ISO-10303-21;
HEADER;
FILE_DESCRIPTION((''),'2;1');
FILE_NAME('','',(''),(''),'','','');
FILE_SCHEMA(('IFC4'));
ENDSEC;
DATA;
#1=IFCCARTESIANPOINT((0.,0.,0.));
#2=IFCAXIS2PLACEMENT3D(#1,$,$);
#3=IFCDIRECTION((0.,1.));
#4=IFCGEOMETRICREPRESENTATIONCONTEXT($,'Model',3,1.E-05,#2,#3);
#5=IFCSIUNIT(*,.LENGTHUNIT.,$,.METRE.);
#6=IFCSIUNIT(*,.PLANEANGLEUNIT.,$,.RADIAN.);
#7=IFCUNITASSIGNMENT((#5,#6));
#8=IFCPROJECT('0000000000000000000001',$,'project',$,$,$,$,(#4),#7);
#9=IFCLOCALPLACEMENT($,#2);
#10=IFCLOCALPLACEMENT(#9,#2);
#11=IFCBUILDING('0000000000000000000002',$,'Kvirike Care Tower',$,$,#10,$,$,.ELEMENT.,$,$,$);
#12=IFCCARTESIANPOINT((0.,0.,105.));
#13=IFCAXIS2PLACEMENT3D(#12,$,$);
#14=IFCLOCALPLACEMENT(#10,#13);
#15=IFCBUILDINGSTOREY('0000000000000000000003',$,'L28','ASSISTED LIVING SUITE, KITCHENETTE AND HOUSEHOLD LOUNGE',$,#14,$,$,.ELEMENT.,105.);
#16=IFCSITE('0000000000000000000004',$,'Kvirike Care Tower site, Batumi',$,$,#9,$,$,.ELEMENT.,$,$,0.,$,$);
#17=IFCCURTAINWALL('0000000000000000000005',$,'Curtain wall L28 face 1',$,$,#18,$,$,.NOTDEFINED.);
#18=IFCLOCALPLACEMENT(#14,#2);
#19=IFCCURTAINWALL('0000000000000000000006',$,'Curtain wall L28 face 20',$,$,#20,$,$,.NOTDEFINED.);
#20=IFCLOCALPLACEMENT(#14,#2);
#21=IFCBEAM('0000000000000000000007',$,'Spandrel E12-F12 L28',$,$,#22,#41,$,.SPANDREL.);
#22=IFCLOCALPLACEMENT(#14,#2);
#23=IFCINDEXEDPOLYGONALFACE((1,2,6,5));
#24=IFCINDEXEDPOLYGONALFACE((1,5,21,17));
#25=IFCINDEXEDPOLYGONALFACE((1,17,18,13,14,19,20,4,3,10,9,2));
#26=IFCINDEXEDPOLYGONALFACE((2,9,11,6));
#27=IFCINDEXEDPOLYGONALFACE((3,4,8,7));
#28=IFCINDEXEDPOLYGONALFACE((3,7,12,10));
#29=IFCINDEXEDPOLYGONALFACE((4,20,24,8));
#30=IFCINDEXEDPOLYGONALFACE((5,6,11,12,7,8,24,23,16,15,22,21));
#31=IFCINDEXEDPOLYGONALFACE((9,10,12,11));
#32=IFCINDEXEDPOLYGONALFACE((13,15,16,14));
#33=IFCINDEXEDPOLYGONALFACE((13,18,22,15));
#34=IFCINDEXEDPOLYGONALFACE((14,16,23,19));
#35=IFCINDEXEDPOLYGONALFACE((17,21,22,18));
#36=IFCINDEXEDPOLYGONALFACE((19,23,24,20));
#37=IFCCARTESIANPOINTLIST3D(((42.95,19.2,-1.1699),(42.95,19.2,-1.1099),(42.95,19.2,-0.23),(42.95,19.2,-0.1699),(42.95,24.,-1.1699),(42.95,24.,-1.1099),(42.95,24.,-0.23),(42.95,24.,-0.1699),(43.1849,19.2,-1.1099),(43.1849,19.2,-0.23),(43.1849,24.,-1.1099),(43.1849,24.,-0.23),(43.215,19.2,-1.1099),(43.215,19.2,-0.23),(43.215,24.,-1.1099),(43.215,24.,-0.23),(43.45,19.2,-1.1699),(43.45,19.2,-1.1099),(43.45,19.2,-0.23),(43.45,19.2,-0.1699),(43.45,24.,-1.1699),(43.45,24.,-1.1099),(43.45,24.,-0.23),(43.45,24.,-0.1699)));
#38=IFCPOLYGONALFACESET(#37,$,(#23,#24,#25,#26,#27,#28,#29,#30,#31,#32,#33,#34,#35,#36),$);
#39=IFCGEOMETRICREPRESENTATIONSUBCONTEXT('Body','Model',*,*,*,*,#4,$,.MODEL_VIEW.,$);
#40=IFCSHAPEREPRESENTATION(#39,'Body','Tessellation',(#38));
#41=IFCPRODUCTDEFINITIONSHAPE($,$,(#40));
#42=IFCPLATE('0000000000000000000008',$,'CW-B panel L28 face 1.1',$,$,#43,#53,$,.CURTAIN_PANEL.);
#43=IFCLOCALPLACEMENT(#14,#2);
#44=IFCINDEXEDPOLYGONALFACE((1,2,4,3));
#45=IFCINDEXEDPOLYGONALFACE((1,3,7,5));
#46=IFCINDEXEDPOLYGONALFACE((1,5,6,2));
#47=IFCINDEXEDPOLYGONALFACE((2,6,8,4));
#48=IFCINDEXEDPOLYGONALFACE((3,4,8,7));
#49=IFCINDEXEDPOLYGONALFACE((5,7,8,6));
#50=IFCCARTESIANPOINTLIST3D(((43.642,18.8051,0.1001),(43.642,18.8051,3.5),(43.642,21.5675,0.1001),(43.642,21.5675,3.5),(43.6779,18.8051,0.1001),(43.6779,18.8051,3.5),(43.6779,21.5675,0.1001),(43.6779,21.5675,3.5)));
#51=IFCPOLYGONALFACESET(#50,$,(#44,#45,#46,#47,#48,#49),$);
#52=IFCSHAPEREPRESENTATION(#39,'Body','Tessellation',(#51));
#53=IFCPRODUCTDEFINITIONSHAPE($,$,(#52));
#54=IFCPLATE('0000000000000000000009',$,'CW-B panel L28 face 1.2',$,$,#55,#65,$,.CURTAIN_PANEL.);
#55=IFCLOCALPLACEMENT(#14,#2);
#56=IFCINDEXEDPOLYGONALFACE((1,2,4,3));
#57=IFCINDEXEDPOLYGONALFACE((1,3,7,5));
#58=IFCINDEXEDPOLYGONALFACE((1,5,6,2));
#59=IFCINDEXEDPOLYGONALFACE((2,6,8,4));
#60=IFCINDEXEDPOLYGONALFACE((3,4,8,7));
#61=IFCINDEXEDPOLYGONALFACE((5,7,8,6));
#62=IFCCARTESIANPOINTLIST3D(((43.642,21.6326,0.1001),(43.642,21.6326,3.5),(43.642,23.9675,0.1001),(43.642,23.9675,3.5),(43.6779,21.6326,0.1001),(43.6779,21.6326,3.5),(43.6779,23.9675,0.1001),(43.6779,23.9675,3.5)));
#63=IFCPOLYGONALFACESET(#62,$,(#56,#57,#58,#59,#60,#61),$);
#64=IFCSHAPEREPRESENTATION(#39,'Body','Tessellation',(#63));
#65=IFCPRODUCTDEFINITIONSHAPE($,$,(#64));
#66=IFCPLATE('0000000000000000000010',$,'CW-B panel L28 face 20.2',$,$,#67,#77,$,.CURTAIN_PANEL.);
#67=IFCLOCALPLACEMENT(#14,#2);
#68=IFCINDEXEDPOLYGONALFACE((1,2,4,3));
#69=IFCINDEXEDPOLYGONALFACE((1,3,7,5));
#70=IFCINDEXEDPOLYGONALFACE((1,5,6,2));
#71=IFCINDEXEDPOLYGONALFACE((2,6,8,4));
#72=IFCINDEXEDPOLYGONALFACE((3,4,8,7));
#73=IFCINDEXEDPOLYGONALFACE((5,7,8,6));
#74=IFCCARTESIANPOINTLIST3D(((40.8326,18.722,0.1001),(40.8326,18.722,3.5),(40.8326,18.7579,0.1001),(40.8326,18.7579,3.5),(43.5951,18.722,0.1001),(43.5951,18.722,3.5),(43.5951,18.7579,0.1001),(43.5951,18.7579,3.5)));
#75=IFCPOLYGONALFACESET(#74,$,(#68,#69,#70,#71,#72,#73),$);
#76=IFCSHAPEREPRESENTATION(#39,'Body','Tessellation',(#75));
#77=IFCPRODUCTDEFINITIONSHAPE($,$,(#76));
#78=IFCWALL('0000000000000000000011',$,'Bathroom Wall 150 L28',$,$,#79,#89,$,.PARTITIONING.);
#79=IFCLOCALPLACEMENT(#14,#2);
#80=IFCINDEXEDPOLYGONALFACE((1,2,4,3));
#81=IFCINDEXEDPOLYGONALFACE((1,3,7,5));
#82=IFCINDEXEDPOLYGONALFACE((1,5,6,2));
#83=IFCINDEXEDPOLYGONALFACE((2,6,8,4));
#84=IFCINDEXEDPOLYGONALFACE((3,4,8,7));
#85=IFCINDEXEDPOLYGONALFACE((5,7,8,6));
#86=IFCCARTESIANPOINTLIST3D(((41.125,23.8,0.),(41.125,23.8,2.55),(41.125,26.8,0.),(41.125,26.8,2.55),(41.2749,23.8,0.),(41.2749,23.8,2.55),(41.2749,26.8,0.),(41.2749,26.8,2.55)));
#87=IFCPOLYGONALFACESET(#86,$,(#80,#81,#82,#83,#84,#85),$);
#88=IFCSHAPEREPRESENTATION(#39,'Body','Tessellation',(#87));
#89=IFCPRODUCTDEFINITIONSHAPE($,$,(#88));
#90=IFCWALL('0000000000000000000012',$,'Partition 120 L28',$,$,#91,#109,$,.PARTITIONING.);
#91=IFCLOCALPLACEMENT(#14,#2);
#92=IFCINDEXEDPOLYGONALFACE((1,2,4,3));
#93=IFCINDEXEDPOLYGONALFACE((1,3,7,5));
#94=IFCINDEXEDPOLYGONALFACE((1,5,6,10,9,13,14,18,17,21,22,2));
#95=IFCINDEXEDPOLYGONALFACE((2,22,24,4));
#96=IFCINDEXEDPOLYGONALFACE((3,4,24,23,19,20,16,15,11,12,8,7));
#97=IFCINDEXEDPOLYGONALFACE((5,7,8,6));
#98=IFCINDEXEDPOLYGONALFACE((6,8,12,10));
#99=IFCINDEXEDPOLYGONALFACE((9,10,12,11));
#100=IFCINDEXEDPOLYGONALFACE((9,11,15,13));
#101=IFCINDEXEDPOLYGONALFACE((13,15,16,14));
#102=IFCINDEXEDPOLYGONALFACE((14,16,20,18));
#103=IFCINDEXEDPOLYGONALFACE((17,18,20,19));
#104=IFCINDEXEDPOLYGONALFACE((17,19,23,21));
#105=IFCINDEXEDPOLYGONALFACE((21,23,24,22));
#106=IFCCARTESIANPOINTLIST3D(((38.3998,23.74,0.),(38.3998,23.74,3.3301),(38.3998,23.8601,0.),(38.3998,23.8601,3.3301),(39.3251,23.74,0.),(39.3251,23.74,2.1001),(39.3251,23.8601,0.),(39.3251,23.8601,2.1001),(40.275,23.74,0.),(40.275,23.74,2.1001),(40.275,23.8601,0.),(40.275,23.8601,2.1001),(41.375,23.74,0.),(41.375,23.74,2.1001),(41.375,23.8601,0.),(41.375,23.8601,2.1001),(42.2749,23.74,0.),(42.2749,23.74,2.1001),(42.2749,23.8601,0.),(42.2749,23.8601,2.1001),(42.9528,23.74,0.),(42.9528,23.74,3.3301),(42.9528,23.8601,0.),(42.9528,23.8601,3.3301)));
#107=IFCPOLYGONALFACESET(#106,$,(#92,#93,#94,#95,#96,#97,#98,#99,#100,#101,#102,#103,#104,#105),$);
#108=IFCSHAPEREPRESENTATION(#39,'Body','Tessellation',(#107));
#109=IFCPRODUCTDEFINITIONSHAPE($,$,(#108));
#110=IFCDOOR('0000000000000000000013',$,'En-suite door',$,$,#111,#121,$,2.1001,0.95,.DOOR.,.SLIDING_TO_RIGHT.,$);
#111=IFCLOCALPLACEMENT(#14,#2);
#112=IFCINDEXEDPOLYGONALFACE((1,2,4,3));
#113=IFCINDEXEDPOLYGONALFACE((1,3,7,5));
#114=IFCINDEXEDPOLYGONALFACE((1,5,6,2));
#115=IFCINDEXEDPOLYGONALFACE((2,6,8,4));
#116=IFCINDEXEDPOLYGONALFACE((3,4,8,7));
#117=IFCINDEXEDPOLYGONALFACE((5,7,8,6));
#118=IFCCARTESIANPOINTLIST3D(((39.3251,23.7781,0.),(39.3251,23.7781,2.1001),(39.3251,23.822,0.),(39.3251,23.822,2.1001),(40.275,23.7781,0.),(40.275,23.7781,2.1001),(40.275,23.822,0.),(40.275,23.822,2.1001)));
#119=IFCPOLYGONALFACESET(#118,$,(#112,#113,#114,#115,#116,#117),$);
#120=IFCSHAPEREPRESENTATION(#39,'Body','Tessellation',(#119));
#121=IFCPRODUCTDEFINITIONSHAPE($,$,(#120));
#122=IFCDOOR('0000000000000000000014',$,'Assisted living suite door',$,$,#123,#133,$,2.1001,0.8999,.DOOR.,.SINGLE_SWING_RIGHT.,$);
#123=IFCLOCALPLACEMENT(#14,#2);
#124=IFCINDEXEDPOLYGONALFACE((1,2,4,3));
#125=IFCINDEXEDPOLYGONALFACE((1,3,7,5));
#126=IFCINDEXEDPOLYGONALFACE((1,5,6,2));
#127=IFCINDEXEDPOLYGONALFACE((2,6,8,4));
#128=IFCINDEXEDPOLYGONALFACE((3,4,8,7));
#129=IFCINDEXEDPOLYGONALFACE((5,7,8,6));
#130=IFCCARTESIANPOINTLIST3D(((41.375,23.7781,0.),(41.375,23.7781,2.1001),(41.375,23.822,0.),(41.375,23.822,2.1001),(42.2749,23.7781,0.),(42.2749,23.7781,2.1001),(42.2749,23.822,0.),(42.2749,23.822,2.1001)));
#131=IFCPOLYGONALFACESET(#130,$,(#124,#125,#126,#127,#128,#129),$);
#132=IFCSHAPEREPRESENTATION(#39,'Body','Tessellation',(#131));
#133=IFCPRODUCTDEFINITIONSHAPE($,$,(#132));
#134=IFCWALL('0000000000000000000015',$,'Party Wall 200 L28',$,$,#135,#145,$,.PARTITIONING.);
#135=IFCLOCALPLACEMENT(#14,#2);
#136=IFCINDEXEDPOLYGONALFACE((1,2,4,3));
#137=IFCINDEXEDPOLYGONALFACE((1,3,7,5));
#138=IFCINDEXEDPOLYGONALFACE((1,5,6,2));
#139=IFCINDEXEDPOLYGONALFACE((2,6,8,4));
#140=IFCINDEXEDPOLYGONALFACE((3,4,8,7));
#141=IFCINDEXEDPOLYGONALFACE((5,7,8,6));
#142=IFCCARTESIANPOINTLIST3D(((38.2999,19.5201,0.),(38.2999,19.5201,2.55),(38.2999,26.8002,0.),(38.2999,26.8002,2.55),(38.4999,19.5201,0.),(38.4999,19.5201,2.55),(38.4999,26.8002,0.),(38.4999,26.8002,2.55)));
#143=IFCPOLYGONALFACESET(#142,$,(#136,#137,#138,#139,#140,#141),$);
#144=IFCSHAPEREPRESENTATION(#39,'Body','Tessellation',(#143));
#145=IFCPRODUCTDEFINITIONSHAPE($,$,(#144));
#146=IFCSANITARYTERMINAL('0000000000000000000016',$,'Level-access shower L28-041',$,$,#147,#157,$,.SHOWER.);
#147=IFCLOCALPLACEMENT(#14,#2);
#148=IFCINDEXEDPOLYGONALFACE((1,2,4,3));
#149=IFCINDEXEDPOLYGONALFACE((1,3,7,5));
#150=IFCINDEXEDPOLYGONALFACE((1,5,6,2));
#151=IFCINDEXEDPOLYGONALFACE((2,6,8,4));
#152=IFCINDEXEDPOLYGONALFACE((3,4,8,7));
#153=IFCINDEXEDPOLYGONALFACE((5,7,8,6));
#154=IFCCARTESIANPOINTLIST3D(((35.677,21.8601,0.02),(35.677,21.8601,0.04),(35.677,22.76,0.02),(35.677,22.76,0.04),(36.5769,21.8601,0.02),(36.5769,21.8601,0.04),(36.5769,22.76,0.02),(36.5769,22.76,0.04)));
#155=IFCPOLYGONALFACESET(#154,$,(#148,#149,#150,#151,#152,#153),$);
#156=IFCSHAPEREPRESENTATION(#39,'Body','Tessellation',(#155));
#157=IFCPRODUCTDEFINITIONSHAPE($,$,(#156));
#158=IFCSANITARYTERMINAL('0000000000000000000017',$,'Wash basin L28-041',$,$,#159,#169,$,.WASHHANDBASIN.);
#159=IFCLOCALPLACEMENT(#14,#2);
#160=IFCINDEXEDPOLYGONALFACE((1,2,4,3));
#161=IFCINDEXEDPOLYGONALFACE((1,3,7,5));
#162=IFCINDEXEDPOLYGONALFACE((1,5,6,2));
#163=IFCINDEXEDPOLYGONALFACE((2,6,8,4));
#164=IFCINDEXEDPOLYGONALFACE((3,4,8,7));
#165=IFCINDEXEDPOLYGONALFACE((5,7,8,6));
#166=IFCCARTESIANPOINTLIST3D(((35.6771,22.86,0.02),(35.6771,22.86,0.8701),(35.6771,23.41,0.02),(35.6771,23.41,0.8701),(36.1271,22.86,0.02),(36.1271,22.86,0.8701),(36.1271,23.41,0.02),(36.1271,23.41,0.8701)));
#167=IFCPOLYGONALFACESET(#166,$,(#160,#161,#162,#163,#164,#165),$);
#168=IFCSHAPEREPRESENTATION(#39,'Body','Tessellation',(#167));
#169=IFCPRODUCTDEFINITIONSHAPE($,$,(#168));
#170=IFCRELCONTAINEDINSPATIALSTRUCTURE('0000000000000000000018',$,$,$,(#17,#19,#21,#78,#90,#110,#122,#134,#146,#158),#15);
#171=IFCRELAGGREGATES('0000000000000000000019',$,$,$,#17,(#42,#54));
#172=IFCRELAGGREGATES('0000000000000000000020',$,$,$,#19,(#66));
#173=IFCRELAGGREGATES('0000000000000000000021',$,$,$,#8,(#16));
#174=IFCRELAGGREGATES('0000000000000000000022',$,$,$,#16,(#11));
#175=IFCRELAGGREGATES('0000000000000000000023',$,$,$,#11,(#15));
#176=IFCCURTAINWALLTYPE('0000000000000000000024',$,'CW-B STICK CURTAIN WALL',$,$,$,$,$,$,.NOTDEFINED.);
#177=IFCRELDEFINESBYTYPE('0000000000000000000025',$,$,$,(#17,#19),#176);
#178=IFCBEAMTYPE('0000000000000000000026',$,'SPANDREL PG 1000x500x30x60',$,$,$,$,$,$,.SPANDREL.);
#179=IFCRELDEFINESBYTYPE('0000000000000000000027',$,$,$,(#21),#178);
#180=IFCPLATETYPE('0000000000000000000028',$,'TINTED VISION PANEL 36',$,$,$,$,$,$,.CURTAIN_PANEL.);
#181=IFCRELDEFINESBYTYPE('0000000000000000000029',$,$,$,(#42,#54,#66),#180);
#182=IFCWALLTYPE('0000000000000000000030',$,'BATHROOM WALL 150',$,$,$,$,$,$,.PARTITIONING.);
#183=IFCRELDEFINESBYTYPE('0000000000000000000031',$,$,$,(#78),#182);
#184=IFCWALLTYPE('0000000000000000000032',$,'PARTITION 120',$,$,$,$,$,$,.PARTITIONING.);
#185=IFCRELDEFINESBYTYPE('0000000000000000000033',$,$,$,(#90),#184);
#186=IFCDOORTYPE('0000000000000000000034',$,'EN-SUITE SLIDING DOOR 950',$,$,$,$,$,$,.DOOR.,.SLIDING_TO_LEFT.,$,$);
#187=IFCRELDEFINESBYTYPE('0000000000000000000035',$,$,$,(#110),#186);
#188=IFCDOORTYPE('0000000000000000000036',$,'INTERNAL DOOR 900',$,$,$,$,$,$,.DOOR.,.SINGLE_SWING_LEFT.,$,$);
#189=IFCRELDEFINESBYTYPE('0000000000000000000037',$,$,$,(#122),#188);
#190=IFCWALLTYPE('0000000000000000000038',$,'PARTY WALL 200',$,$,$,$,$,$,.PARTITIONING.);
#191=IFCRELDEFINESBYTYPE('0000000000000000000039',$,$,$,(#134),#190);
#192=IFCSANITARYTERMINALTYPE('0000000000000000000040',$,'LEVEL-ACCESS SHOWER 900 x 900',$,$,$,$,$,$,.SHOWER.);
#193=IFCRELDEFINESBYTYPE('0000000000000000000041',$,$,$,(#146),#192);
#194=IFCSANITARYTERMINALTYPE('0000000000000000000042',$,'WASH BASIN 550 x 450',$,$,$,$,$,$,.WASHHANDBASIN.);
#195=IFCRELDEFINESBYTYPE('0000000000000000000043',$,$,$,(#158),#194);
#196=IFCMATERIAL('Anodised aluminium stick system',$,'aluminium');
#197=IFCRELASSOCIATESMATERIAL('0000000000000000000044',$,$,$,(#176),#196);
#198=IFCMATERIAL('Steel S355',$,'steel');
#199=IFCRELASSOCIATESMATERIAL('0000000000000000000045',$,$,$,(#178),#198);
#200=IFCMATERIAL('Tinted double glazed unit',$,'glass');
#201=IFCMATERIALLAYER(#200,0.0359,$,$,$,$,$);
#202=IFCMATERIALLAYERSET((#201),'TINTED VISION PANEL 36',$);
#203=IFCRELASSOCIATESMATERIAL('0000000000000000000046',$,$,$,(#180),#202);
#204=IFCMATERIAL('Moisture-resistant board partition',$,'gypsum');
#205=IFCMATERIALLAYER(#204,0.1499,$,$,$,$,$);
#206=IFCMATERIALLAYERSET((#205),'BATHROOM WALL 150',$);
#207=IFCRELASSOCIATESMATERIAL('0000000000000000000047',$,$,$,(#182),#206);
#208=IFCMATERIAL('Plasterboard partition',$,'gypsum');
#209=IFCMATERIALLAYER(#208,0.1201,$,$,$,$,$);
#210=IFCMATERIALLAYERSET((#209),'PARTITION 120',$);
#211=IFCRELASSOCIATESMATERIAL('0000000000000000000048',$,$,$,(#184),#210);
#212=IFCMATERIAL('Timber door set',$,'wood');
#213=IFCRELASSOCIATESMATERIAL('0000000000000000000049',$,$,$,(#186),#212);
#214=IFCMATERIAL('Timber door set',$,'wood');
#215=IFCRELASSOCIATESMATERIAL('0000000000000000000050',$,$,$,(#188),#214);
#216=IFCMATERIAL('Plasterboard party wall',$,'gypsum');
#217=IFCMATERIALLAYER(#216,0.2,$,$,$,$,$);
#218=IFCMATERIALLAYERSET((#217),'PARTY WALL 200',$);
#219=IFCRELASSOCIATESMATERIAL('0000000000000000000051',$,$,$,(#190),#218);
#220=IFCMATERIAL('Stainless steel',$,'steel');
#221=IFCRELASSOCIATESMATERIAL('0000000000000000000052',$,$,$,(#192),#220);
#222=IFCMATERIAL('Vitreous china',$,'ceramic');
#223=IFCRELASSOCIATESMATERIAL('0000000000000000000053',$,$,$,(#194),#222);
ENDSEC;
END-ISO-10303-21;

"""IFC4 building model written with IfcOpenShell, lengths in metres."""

from ifc_helpers import new_model, si_unit, direction, frame, frame_2d, origin, origin_2d, place, context, subcontext, project, spatial, rectangle, i_section, extrude, material, layer, layer_set, material_profile, profile_set, type_object, element, fill, aggregate, save


model = new_model("IFC4")

# Units and contexts
model_context = context("Model", 3, precision=1e-05, world=origin(), true_north=direction((0.0, 1.0)))
body_context = subcontext(model_context, "Body", "Model", "MODEL_VIEW")
ifc_project = project(units=[si_unit("LENGTHUNIT", "METRE"), si_unit("PLANEANGLEUNIT", "RADIAN")], contexts=[model_context])

# Site, building, storey
site_placement = place(None, origin())
site = spatial("IfcSite", under=ifc_project, at=site_placement, Name="Kvirike Care Tower site, Batumi", CompositionType="ELEMENT", RefElevation=0.0)
building_placement = place(site_placement, origin())
building = spatial("IfcBuilding", under=site, at=building_placement, Name="Kvirike Care Tower", CompositionType="ELEMENT")
storey_placement = place(building_placement, frame((0.0, 0.0, 105.0)))
storey = spatial("IfcBuildingStorey", under=building, at=storey_placement, Name="L28", Description="ASSISTED LIVING SUITE, KITCHENETTE AND HOUSEHOLD LOUNGE", CompositionType="ELEMENT", Elevation=105.0)

# Curtain wall
ifc_material_1 = material(Name="Anodised aluminium stick system", Category="aluminium")
curtain_wall_type = type_object("IfcCurtainWallType", Name="CW-B STICK CURTAIN WALL", PredefinedType="NOTDEFINED", material=ifc_material_1)
curtain_wall_1_placement = place(storey_placement, origin())
curtain_wall_1 = element("IfcCurtainWall", 1, at=curtain_wall_1_placement, inside=storey, type_object=curtain_wall_type, Name="Curtain wall L28 face 1", PredefinedType="NOTDEFINED")

# Curtain wall
curtain_wall_2_placement = place(storey_placement, origin())
curtain_wall_2 = element("IfcCurtainWall", 2, at=curtain_wall_2_placement, inside=storey, type_object=curtain_wall_type, Name="Curtain wall L28 face 20", PredefinedType="NOTDEFINED")

# Beam
ifc_material_2 = material(Name="Steel S355", Category="steel")
ifc_material_profile_1 = material_profile(ifc_material_2, i_section(OverallWidth=0.5, OverallDepth=1.0, WebThickness=0.03, FlangeThickness=0.0601, at=origin_2d()), Name="PG 1000x500x30x60")
ifc_profile_set_1 = profile_set([ifc_material_profile_1], Name="Steel S355")
beam_type = type_object("IfcBeamType", Name="SPANDREL PG 1000x500x30x60", PredefinedType="SPANDREL", material=ifc_profile_set_1)
for number, where, z_axis, x_axis, name in (
    (3, (43.2, 19.2, -0.6699), (0.0, 1.0, 0.0), (-1.0, 0.0, 0.0), "Spandrel E12-F12 L28"),
):
    element("IfcBeam", number, at=place(storey_placement, frame(where, z_axis=z_axis, x_axis=x_axis)), inside=storey, type_object=beam_type, Name=name, PredefinedType="SPANDREL", context=body_context, shape_type="SweptSolid", body=[
        extrude(i_section(OverallWidth=0.5, OverallDepth=1.0, WebThickness=0.03, FlangeThickness=0.0601, at=origin_2d()), origin(), (0.0, 0.0, 1.0), 4.8),
    ])

# Plates
ifc_material_3 = material(Name="Tinted double glazed unit", Category="glass")
ifc_layer_1 = layer(ifc_material_3, 0.0359)
ifc_layer_set_1 = layer_set([ifc_layer_1], Name="TINTED VISION PANEL 36")
plate_type = type_object("IfcPlateType", Name="TINTED VISION PANEL 36", PredefinedType="CURTAIN_PANEL", material=ifc_layer_set_1)
plate_1_placement = place(storey_placement, frame((43.6599, 20.1863, 0.1001), z_axis=(0.0, 0.0, 1.0), x_axis=(0.0, 1.0, 0.0)))
plate_1 = element("IfcPlate", 4, at=plate_1_placement, type_object=plate_type, Name="CW-B panel L28 face 1.1", PredefinedType="CURTAIN_PANEL", context=body_context, shape_type="SweptSolid", body=[
    extrude(rectangle(XDim=2.7625, YDim=0.0359, at=origin_2d()), origin(), (0.0, 0.0, 1.0), 3.3999),
])
plate_2_placement = place(storey_placement, frame((43.6599, 22.8, 0.1001), z_axis=(0.0, 0.0, 1.0), x_axis=(0.0, 1.0, 0.0)))
plate_2 = element("IfcPlate", 5, at=plate_2_placement, type_object=plate_type, Name="CW-B panel L28 face 1.2", PredefinedType="CURTAIN_PANEL", context=body_context, shape_type="SweptSolid", body=[
    extrude(rectangle(XDim=2.335, YDim=0.0359, at=origin_2d()), origin(), (0.0, 0.0, 1.0), 3.3999),
])
aggregate(curtain_wall_1, [plate_1, plate_2])
plate_3_placement = place(storey_placement, frame((42.2139, 18.74, 0.1001), z_axis=(0.0, 0.0, 1.0), x_axis=(1.0, 0.0, 0.0)))
plate_3 = element("IfcPlate", 6, at=plate_3_placement, type_object=plate_type, Name="CW-B panel L28 face 20.2", PredefinedType="CURTAIN_PANEL", context=body_context, shape_type="SweptSolid", body=[
    extrude(rectangle(XDim=2.7625, YDim=0.0359, at=origin_2d()), origin(), (0.0, 0.0, 1.0), 3.3999),
])
aggregate(curtain_wall_2, [plate_3])

# Wall
ifc_material_4 = material(Name="Moisture-resistant board partition", Category="gypsum")
ifc_layer_2 = layer(ifc_material_4, 0.1499)
ifc_layer_set_2 = layer_set([ifc_layer_2], Name="BATHROOM WALL 150")
wall_type_1 = type_object("IfcWallType", Name="BATHROOM WALL 150", PredefinedType="PARTITIONING", material=ifc_layer_set_2)
wall_1_placement = place(storey_placement, frame((41.2, 23.8, 0.0), z_axis=(0.0, 0.0, 1.0), x_axis=(0.0, 1.0, 0.0)))
element("IfcWall", 7, at=wall_1_placement, inside=storey, type_object=wall_type_1, Name="Bathroom Wall 150 L28", PredefinedType="PARTITIONING", context=body_context, shape_type="SweptSolid", body=[
    extrude(rectangle(XDim=3.0, YDim=0.1499, at=frame_2d((1.5, 0.0))), origin(), (0.0, 0.0, 1.0), 2.55),
])

# Wall, openings, doors
ifc_material_5 = material(Name="Plasterboard partition", Category="gypsum")
ifc_layer_3 = layer(ifc_material_5, 0.1201)
ifc_layer_set_3 = layer_set([ifc_layer_3], Name="PARTITION 120")
wall_type_2 = type_object("IfcWallType", Name="PARTITION 120", PredefinedType="PARTITIONING", material=ifc_layer_set_3)
wall_2_placement = place(storey_placement, frame((38.3999, 23.8, 0.0), z_axis=(0.0, 0.0, 1.0), x_axis=(1.0, 0.0, 0.0)))
wall_2 = element("IfcWall", 8, at=wall_2_placement, inside=storey, type_object=wall_type_2, Name="Partition 120 L28", PredefinedType="PARTITIONING", context=body_context, shape_type="SweptSolid", body=[
    extrude(rectangle(XDim=4.553, YDim=0.1201, at=frame_2d((2.2764, 0.0))), origin(), (0.0, 0.0, 1.0), 3.3301),
])
opening_1_placement = place(wall_2_placement, frame((2.9751, 0.0, 0.0)))
opening_1 = element("IfcOpeningElement", 9, at=opening_1_placement, cuts=wall_2, PredefinedType="OPENING", context=body_context, shape_type="SweptSolid", body=[
    extrude(rectangle(XDim=0.8999, YDim=2.1001, at=frame_2d((0.45, 1.05))), frame((0.0, 0.0706, 0.0), z_axis=(0.0, -1.0, 0.0), x_axis=(1.0, 0.0, 0.0)), (0.0, 0.0, 1.0), 0.1411),
])
opening_2_placement = place(wall_2_placement, frame((0.925, 0.0, 0.0)))
opening_2 = element("IfcOpeningElement", 10, at=opening_2_placement, cuts=wall_2, PredefinedType="OPENING", context=body_context, shape_type="SweptSolid", body=[
    extrude(rectangle(XDim=0.95, YDim=2.1001, at=frame_2d((0.4751, 1.05))), frame((0.0, 0.0706, 0.0), z_axis=(0.0, -1.0, 0.0), x_axis=(1.0, 0.0, 0.0)), (0.0, 0.0, 1.0), 0.1411),
])
ifc_material_6 = material(Name="Timber door set", Category="wood")
door_type_1 = type_object("IfcDoorType", Name="EN-SUITE SLIDING DOOR 950", OperationType="SLIDING_TO_LEFT", PredefinedType="DOOR", material=ifc_material_6)
door_1_placement = place(opening_2_placement, origin())
door_1 = element("IfcDoor", 11, at=door_1_placement, inside=storey, type_object=door_type_1, Name="En-suite door", OperationType="SLIDING_TO_RIGHT", OverallHeight=2.1001, OverallWidth=0.95, PredefinedType="DOOR", context=body_context, shape_type="SweptSolid", body=[
    extrude(rectangle(XDim=0.95, YDim=2.1001, at=frame_2d((0.4751, 1.05))), frame((0.0, 0.022, 0.0), z_axis=(0.0, -1.0, 0.0), x_axis=(1.0, 0.0, 0.0)), (0.0, 0.0, 1.0), 0.0439),
])
fill(opening_2, door_1)
ifc_material_7 = material(Name="Timber door set", Category="wood")
door_type_2 = type_object("IfcDoorType", Name="INTERNAL DOOR 900", OperationType="SINGLE_SWING_LEFT", PredefinedType="DOOR", material=ifc_material_7)
door_2_placement = place(opening_1_placement, origin())
door_2 = element("IfcDoor", 12, at=door_2_placement, inside=storey, type_object=door_type_2, Name="Assisted living suite door", OperationType="SINGLE_SWING_RIGHT", OverallHeight=2.1001, OverallWidth=0.8999, PredefinedType="DOOR", context=body_context, shape_type="SweptSolid", body=[
    extrude(rectangle(XDim=0.8999, YDim=2.1001, at=frame_2d((0.45, 1.05))), frame((0.0, 0.022, 0.0), z_axis=(0.0, -1.0, 0.0), x_axis=(1.0, 0.0, 0.0)), (0.0, 0.0, 1.0), 0.0439),
])
fill(opening_1, door_2)

# Wall
ifc_material_8 = material(Name="Plasterboard party wall", Category="gypsum")
ifc_layer_4 = layer(ifc_material_8, 0.2)
ifc_layer_set_4 = layer_set([ifc_layer_4], Name="PARTY WALL 200")
wall_type_3 = type_object("IfcWallType", Name="PARTY WALL 200", PredefinedType="PARTITIONING", material=ifc_layer_set_4)
wall_3_placement = place(storey_placement, frame((38.3999, 19.52, 0.0), z_axis=(0.0, 0.0, 1.0), x_axis=(0.0, 1.0, 0.0)))
element("IfcWall", 13, at=wall_3_placement, inside=storey, type_object=wall_type_3, Name="Party Wall 200 L28", PredefinedType="PARTITIONING", context=body_context, shape_type="SweptSolid", body=[
    extrude(rectangle(XDim=7.28, YDim=0.2, at=frame_2d((3.6401, 0.0))), origin(), (0.0, 0.0, 1.0), 2.55),
])

# Sanitary terminals
ifc_material_9 = material(Name="Stainless steel", Category="steel")
sanitary_terminal_type_1 = type_object("IfcSanitaryTerminalType", Name="LEVEL-ACCESS SHOWER 900 x 900", PredefinedType="SHOWER", material=ifc_material_9)
sanitary_terminal_1_placement = place(storey_placement, frame((36.127, 22.3101, 0.02), z_axis=(0.0, 0.0, 1.0), x_axis=(0.0, 1.0, 0.0)))
element("IfcSanitaryTerminal", 14, at=sanitary_terminal_1_placement, inside=storey, type_object=sanitary_terminal_type_1, Name="Level-access shower L28-041", PredefinedType="SHOWER", context=body_context, shape_type="SweptSolid", body=[
    extrude(rectangle(XDim=0.8999, YDim=0.8999, at=origin_2d()), origin(), (0.0, 0.0, 1.0), 0.02),
])
ifc_material_10 = material(Name="Vitreous china", Category="ceramic")
sanitary_terminal_type_2 = type_object("IfcSanitaryTerminalType", Name="WASH BASIN 550 x 450", PredefinedType="WASHHANDBASIN", material=ifc_material_10)
sanitary_terminal_2_placement = place(storey_placement, frame((35.9021, 23.135, 0.02), z_axis=(0.0, 0.0, 1.0), x_axis=(0.0, 1.0, 0.0)))
element("IfcSanitaryTerminal", 15, at=sanitary_terminal_2_placement, inside=storey, type_object=sanitary_terminal_type_2, Name="Wash basin L28-041", PredefinedType="WASHHANDBASIN", context=body_context, shape_type="SweptSolid", body=[
    extrude(rectangle(XDim=0.55, YDim=0.45, at=origin_2d()), origin(), (0.0, 0.0, 1.0), 0.8501),
])

save(model, "model.ifc")
